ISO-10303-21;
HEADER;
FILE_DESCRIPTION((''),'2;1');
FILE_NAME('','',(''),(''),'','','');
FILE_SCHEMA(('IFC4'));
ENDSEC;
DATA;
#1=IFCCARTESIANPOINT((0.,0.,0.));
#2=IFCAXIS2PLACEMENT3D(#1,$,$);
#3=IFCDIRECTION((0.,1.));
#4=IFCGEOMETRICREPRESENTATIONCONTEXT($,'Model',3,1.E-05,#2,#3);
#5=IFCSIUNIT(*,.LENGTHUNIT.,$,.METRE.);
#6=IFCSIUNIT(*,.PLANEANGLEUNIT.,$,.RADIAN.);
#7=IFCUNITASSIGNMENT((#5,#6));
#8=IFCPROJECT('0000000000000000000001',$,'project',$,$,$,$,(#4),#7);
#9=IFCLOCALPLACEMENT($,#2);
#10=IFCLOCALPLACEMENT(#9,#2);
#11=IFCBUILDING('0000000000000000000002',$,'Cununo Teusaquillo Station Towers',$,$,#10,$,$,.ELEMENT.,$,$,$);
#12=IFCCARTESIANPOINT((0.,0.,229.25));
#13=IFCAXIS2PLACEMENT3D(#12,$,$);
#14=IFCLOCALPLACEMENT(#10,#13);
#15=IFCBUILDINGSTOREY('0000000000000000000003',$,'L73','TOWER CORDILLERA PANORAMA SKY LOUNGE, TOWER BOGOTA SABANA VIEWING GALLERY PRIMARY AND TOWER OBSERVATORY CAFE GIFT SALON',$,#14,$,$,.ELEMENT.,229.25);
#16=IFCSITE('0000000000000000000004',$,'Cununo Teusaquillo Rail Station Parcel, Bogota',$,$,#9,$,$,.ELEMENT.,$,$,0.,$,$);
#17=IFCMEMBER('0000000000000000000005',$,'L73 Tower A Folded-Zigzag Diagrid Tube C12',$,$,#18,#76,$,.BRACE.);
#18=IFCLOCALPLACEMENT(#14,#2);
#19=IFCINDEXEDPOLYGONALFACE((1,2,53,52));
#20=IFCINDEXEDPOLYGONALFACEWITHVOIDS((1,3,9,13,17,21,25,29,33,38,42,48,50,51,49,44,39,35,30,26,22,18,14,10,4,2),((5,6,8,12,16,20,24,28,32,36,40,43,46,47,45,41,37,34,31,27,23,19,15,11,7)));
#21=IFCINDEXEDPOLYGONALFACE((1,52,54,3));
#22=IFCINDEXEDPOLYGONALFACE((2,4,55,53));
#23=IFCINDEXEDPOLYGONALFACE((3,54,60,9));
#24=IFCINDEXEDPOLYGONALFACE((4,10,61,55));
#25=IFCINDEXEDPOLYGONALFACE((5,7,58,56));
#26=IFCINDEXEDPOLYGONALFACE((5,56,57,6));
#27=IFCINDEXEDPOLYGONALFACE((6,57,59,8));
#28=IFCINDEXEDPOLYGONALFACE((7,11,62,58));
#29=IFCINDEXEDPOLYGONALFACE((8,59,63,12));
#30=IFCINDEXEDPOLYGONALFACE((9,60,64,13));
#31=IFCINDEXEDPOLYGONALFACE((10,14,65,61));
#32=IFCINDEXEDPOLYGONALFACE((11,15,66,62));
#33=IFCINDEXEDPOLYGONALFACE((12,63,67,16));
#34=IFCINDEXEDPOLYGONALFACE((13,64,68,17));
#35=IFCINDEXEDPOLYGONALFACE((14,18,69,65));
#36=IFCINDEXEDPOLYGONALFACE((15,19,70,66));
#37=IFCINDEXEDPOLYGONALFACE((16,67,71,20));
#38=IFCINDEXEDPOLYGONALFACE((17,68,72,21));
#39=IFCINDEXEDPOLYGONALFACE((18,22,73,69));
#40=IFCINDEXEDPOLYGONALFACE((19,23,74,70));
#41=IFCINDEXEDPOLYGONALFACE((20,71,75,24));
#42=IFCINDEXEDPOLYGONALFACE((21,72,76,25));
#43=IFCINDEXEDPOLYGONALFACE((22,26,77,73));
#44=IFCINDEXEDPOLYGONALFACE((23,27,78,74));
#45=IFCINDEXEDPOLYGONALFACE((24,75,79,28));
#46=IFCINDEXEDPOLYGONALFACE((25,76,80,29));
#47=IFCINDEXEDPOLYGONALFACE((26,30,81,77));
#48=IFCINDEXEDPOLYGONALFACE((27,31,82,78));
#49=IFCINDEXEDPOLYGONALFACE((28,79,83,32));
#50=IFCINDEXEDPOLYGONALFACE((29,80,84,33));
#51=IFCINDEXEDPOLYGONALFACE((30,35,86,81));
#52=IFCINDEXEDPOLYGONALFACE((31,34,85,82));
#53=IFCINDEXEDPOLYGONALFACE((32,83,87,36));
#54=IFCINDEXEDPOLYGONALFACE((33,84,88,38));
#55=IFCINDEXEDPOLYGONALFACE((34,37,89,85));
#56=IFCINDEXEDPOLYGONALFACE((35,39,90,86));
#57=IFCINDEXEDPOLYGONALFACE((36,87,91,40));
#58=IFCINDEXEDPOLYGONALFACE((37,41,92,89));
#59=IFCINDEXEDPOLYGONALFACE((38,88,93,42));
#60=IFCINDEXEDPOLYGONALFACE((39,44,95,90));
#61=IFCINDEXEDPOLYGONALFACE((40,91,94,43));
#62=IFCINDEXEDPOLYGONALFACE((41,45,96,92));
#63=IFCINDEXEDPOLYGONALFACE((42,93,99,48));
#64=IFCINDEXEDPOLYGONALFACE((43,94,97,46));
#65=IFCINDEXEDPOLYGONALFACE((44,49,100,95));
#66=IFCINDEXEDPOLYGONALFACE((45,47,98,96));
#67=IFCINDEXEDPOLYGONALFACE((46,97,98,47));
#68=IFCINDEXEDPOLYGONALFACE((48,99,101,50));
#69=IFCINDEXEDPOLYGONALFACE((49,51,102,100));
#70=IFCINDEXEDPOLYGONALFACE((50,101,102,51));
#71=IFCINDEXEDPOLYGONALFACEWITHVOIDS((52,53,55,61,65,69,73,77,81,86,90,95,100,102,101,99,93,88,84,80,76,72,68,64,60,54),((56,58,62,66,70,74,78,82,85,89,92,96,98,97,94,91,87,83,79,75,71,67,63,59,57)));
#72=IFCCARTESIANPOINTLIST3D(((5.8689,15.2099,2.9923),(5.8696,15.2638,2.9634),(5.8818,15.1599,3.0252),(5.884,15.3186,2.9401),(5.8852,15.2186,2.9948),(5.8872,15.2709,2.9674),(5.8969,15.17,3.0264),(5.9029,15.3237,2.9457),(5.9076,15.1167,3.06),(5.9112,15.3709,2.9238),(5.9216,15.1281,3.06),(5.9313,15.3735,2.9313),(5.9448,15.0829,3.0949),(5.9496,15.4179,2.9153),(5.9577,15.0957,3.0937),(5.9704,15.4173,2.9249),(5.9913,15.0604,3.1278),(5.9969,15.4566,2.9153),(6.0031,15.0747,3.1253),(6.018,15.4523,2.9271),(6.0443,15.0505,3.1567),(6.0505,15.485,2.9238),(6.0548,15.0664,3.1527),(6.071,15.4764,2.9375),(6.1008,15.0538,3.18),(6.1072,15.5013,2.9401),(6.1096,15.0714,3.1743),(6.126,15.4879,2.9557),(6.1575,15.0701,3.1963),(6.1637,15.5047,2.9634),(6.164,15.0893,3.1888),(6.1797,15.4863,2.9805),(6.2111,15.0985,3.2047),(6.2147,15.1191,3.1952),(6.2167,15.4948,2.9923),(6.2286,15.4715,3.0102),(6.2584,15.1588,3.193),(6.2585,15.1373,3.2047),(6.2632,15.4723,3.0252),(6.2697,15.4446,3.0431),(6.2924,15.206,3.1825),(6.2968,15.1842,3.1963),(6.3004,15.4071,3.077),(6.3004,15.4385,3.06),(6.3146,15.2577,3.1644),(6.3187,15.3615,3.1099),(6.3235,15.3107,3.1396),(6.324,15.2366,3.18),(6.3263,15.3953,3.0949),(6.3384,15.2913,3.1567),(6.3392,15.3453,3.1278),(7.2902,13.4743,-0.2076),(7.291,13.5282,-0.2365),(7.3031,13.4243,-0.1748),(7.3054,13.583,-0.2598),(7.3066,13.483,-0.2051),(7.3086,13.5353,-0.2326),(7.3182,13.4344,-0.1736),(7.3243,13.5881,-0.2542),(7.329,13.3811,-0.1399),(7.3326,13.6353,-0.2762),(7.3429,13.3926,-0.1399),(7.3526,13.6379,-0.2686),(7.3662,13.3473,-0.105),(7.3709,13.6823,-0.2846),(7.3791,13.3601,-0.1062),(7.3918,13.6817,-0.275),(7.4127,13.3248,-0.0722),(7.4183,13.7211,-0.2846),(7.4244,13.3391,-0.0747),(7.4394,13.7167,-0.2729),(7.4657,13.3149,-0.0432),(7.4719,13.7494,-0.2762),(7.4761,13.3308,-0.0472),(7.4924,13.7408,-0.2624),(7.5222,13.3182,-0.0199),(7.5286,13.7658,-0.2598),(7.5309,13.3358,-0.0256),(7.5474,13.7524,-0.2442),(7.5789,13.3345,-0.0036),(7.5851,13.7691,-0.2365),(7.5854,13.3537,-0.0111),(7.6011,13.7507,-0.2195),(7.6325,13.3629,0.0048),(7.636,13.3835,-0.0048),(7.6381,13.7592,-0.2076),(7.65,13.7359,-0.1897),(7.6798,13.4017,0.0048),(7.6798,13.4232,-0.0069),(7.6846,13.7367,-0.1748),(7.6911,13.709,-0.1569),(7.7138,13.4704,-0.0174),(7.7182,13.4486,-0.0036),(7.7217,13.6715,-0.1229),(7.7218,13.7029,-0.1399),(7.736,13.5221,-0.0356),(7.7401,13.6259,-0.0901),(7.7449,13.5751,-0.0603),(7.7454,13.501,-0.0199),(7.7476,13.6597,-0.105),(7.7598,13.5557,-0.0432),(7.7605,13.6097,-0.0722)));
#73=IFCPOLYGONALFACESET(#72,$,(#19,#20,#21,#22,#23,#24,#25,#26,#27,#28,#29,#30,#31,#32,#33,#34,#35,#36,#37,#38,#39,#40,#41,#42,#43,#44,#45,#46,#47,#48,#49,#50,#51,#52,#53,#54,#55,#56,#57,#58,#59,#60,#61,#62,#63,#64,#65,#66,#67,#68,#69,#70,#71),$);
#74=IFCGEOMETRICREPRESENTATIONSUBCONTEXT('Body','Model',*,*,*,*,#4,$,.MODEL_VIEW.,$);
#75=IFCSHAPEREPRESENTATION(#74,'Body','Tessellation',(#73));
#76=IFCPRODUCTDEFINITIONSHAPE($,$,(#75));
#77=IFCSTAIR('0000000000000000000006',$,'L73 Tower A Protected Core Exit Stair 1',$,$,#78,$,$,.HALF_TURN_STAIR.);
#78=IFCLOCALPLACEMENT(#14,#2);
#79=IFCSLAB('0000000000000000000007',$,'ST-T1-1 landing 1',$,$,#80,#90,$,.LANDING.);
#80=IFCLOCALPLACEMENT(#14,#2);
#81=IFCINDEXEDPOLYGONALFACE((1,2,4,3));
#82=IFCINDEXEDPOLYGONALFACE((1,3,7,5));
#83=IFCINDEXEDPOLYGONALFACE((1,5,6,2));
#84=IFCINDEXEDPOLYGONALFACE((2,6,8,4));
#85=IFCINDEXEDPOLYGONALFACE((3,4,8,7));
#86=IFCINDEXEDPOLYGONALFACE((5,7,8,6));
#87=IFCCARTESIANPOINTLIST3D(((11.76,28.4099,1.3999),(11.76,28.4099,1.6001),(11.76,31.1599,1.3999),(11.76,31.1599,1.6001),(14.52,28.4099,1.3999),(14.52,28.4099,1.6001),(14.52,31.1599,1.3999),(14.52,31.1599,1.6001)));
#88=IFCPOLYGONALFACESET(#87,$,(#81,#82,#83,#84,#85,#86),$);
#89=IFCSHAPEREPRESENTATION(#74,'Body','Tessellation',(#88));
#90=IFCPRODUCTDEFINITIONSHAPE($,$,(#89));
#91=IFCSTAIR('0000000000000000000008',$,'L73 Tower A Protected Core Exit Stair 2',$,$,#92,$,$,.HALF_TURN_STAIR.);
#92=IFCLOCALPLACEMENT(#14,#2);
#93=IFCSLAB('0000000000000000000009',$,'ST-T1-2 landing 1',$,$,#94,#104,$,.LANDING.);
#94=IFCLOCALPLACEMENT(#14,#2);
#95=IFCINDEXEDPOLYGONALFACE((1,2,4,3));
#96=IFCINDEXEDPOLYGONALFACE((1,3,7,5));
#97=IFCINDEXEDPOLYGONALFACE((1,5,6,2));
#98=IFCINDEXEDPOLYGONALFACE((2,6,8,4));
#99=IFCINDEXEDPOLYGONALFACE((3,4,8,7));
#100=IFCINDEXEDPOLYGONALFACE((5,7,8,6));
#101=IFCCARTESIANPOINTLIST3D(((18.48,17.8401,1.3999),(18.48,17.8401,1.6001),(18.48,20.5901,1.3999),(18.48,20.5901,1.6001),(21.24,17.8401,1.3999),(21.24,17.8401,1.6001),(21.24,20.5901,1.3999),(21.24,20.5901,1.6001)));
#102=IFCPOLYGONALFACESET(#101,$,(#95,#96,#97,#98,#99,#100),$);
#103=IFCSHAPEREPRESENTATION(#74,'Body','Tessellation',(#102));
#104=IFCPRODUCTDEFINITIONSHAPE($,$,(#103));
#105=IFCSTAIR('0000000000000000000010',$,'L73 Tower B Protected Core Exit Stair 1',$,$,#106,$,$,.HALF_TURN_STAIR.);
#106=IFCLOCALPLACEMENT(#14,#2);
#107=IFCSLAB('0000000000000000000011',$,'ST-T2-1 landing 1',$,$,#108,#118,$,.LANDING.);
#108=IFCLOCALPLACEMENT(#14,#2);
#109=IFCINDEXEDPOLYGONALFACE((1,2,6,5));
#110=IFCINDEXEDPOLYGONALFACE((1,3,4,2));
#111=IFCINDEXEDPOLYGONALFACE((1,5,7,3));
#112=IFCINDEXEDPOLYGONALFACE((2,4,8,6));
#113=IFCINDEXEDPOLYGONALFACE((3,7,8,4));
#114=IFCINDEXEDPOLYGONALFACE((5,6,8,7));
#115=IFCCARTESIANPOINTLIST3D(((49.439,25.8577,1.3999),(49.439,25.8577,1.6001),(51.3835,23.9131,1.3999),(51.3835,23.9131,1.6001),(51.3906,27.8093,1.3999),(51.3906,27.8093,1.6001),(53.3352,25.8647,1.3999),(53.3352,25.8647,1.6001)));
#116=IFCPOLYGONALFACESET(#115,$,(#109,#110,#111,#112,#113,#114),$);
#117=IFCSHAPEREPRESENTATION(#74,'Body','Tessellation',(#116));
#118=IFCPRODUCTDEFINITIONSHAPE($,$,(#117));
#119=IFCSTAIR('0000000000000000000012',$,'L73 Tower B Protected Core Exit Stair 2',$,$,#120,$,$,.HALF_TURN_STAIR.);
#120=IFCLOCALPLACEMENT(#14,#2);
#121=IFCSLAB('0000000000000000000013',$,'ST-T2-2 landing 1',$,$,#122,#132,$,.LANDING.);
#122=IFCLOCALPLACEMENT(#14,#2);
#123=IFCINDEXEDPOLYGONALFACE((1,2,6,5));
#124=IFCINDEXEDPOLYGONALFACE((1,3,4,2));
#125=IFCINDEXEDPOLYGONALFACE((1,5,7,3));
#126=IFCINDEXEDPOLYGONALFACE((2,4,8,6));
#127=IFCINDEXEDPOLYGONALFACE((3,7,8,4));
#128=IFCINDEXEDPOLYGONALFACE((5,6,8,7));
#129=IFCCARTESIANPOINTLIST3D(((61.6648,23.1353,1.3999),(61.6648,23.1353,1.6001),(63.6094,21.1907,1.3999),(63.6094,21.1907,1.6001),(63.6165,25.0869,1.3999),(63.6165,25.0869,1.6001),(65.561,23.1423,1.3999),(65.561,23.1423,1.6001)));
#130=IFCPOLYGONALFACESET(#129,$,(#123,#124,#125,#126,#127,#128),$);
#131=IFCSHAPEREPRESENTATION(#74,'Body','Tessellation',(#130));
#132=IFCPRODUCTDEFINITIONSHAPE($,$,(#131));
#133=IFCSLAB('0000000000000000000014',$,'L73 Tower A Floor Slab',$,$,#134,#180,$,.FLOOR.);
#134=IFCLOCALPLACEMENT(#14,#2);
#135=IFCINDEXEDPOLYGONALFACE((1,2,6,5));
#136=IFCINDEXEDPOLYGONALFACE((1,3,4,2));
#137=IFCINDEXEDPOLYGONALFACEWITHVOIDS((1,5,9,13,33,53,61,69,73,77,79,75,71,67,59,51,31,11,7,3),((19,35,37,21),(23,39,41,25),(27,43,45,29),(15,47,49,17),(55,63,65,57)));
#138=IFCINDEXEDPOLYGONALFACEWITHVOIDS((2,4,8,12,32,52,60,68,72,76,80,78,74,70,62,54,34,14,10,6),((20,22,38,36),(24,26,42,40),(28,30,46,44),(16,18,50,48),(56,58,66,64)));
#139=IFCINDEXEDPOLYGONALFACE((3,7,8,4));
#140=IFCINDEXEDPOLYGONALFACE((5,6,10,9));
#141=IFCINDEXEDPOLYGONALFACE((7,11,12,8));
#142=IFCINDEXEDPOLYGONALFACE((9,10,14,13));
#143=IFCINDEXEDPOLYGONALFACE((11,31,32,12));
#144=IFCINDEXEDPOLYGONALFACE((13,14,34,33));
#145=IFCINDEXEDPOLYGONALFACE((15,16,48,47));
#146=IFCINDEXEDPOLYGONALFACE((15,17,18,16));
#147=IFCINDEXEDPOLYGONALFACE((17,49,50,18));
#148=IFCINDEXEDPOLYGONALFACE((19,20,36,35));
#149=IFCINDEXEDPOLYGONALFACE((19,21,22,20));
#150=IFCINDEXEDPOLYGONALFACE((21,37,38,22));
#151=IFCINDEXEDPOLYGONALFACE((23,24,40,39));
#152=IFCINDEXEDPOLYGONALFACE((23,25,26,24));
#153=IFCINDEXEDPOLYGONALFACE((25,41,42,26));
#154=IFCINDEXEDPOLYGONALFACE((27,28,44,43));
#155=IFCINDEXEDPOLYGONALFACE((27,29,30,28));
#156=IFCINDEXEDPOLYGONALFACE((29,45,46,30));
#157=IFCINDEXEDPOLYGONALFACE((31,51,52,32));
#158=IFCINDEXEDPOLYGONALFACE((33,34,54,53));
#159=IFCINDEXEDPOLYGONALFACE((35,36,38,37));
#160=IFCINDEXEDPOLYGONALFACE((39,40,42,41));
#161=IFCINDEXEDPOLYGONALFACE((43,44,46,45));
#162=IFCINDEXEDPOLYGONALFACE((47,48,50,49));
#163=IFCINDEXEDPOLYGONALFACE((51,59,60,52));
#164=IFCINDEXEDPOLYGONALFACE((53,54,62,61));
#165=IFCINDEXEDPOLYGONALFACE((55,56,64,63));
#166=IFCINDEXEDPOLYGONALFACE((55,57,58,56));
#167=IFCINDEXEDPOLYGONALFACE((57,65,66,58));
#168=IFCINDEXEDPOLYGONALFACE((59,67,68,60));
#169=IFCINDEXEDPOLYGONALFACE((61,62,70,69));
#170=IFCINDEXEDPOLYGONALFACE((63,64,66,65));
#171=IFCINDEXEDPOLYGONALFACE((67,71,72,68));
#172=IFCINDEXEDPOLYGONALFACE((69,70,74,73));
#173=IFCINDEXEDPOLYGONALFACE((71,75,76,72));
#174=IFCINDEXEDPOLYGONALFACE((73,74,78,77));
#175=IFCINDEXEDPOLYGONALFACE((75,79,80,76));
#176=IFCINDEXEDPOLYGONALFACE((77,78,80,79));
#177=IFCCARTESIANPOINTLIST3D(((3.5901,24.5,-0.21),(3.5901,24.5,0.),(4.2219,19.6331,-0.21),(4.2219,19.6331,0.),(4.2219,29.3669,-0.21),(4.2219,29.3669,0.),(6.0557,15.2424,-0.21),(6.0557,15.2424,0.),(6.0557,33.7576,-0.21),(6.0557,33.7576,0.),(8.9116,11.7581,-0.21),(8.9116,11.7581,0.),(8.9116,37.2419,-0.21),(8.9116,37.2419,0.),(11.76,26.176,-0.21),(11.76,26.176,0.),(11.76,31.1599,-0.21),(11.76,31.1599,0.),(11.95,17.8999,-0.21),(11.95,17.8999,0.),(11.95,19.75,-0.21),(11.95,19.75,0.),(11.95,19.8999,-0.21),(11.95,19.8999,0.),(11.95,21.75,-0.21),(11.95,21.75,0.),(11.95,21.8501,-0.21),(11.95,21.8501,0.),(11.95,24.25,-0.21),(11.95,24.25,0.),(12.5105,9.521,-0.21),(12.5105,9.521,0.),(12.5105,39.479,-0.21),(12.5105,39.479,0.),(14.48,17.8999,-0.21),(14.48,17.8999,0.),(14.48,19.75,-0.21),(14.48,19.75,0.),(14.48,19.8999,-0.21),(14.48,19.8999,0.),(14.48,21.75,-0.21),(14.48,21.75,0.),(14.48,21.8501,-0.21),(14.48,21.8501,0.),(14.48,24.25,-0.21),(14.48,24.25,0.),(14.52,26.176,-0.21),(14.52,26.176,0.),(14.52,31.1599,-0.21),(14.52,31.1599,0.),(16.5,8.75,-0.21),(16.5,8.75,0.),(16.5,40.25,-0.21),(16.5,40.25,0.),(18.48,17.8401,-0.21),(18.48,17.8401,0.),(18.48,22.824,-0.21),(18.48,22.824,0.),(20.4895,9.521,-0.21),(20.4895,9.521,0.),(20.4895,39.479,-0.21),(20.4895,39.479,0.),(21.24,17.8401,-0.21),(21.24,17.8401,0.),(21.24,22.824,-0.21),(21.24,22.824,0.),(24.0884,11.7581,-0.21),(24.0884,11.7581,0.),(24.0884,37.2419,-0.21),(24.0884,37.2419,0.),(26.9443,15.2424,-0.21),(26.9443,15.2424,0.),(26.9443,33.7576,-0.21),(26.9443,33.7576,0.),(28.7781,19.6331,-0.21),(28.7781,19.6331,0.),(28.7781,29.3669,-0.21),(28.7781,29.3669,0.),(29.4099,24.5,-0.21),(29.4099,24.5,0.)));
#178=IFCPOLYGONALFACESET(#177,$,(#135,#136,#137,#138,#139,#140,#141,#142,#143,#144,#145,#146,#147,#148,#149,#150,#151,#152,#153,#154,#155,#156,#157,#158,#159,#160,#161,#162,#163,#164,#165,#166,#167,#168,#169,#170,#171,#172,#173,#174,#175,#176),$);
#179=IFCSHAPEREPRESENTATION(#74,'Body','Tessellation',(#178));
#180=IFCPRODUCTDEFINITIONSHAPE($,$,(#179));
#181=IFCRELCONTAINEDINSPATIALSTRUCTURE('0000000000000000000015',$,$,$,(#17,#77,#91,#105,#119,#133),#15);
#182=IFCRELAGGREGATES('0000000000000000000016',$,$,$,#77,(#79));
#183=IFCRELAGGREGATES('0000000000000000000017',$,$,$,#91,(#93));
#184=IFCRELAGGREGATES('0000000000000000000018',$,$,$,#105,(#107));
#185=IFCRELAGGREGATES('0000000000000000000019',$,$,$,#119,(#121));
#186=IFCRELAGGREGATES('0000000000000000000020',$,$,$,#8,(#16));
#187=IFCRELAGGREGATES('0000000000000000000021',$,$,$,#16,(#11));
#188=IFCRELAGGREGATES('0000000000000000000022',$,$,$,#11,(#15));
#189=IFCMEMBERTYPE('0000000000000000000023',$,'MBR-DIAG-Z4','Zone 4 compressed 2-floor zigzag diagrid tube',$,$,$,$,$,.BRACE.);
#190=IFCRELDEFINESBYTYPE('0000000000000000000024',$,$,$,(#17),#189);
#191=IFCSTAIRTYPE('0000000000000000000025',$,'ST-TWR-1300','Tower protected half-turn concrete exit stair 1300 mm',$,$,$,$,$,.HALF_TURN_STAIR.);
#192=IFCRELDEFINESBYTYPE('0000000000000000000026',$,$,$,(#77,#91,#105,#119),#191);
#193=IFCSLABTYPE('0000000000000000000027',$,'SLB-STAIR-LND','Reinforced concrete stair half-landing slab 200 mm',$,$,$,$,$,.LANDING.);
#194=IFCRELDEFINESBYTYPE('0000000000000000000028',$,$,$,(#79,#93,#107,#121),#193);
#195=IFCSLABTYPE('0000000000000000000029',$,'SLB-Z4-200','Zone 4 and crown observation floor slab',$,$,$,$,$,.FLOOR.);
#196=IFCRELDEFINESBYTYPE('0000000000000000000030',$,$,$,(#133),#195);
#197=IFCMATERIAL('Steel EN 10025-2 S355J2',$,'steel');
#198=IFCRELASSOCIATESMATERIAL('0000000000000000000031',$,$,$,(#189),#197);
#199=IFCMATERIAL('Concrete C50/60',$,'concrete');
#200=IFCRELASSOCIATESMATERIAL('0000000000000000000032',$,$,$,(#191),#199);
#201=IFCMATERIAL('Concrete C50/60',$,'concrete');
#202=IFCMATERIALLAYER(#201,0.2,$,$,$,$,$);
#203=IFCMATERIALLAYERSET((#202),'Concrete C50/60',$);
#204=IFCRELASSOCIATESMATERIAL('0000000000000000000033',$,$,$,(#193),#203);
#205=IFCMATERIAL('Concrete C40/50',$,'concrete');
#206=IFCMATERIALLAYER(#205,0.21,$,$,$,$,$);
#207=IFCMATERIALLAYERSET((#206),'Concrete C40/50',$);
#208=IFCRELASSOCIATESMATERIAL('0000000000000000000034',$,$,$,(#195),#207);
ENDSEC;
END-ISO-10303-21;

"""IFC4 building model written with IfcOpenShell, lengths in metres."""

from ifc_helpers import new_model, si_unit, direction, frame, origin, origin_2d, place, context, subcontext, project, spatial, polyline, hollow_circle, outline, extrude, material, layer, layer_set, material_profile, profile_set, type_object, element, aggregate, save


model = new_model("IFC4")

# Units and contexts
model_context = context("Model", 3, precision=1e-05, world=origin(), true_north=direction((0.0, 1.0)))
body_context = subcontext(model_context, "Body", "Model", "MODEL_VIEW")
ifc_project = project(units=[si_unit("LENGTHUNIT", "METRE"), si_unit("PLANEANGLEUNIT", "RADIAN")], contexts=[model_context])

# Site, building, storey
site_placement = place(None, origin())
site = spatial("IfcSite", under=ifc_project, at=site_placement, Name="Cununo Teusaquillo Rail Station Parcel, Bogota", CompositionType="ELEMENT", RefElevation=0.0)
building_placement = place(site_placement, origin())
building = spatial("IfcBuilding", under=site, at=building_placement, Name="Cununo Teusaquillo Station Towers", CompositionType="ELEMENT")
storey_placement = place(building_placement, frame((0.0, 0.0, 229.25)))
storey = spatial("IfcBuildingStorey", under=building, at=storey_placement, Name="L73", Description="TOWER CORDILLERA PANORAMA SKY LOUNGE, TOWER BOGOTA SABANA VIEWING GALLERY PRIMARY AND TOWER OBSERVATORY CAFE GIFT SALON", CompositionType="ELEMENT", Elevation=229.25)

# Member
ifc_material_1 = material(Name="Steel EN 10025-2 S355J2", Category="steel")
ifc_material_profile_1 = material_profile(ifc_material_1, hollow_circle(Radius=0.2539, WallThickness=0.0181, at=origin_2d()), Name="CHS 508x18")
ifc_profile_set_1 = profile_set([ifc_material_profile_1], Name="Steel EN 10025-2 S355J2")
member_type = type_object("IfcMemberType", Name="MBR-DIAG-Z4", Description="Zone 4 compressed 2-floor zigzag diagrid tube", PredefinedType="BRACE", material=ifc_profile_set_1)
member_placement = place(storey_placement, frame((7.5254, 13.542, -0.1399), z_axis=(-0.363714, 0.444116, 0.818825), x_axis=(-0.773661, -0.633599, 0.0)))
element("IfcMember", 1, at=member_placement, inside=storey, type_object=member_type, Name="L73 Tower A Folded-Zigzag Diagrid Tube C12", PredefinedType="BRACE", context=body_context, shape_type="SweptSolid", body=[
    extrude(hollow_circle(Radius=0.2539, WallThickness=0.0181, at=origin_2d()), origin(), (0.0, 0.0, 1.0), 3.908),
])

# Stairs, slabs
ifc_material_2 = material(Name="Concrete C50/60", Category="concrete")
stair_type = type_object("IfcStairType", Name="ST-TWR-1300", Description="Tower protected half-turn concrete exit stair 1300 mm", PredefinedType="HALF_TURN_STAIR", material=ifc_material_2)
stair_1_placement = place(storey_placement, origin())
stair_1 = element("IfcStair", 2, at=stair_1_placement, inside=storey, type_object=stair_type, Name="L73 Tower A Protected Core Exit Stair 1", PredefinedType="HALF_TURN_STAIR")
ifc_material_3 = material(Name="Concrete C50/60", Category="concrete")
ifc_layer_1 = layer(ifc_material_3, 0.2)
ifc_layer_set_1 = layer_set([ifc_layer_1], Name="Concrete C50/60")
slab_type_1 = type_object("IfcSlabType", Name="SLB-STAIR-LND", Description="Reinforced concrete stair half-landing slab 200 mm", PredefinedType="LANDING", material=ifc_layer_set_1)
slab_1_placement = place(storey_placement, frame((0.0, 0.0, 1.3999)))
slab_1 = element("IfcSlab", 3, at=slab_1_placement, type_object=slab_type_1, Name="ST-T1-1 landing 1", PredefinedType="LANDING", context=body_context, shape_type="SweptSolid", body=[
    extrude(outline(polyline([(14.52, 28.4099), (14.52, 31.1599), (11.76, 31.1599), (11.76, 28.4099), (14.52, 28.4099)])), origin(), (0.0, 0.0, 1.0), 0.2002),
])
aggregate(stair_1, [slab_1])
stair_2_placement = place(storey_placement, origin())
stair_2 = element("IfcStair", 4, at=stair_2_placement, inside=storey, type_object=stair_type, Name="L73 Tower A Protected Core Exit Stair 2", PredefinedType="HALF_TURN_STAIR")
slab_2_placement = place(storey_placement, frame((0.0, 0.0, 1.3999)))
slab_2 = element("IfcSlab", 5, at=slab_2_placement, type_object=slab_type_1, Name="ST-T1-2 landing 1", PredefinedType="LANDING", context=body_context, shape_type="SweptSolid", body=[
    extrude(outline(polyline([(18.48, 20.5901), (18.48, 17.8401), (21.24, 17.8401), (21.24, 20.5901), (18.48, 20.5901)])), origin(), (0.0, 0.0, 1.0), 0.2002),
])
aggregate(stair_2, [slab_2])
stair_3_placement = place(storey_placement, origin())
stair_3 = element("IfcStair", 6, at=stair_3_placement, inside=storey, type_object=stair_type, Name="L73 Tower B Protected Core Exit Stair 1", PredefinedType="HALF_TURN_STAIR")
slab_3_placement = place(storey_placement, frame((0.0, 0.0, 1.3999)))
slab_3 = element("IfcSlab", 7, at=slab_3_placement, type_object=slab_type_1, Name="ST-T2-1 landing 1", PredefinedType="LANDING", context=body_context, shape_type="SweptSolid", body=[
    extrude(outline(polyline([(53.3352, 25.8647), (51.3906, 27.8093), (49.439, 25.8577), (51.3835, 23.9131), (53.3352, 25.8647)])), origin(), (0.0, 0.0, 1.0), 0.2002),
])
aggregate(stair_3, [slab_3])
stair_4_placement = place(storey_placement, origin())
stair_4 = element("IfcStair", 8, at=stair_4_placement, inside=storey, type_object=stair_type, Name="L73 Tower B Protected Core Exit Stair 2", PredefinedType="HALF_TURN_STAIR")
slab_4_placement = place(storey_placement, frame((0.0, 0.0, 1.3999)))
slab_4 = element("IfcSlab", 9, at=slab_4_placement, type_object=slab_type_1, Name="ST-T2-2 landing 1", PredefinedType="LANDING", context=body_context, shape_type="SweptSolid", body=[
    extrude(outline(polyline([(61.6648, 23.1353), (63.6094, 21.1907), (65.561, 23.1423), (63.6165, 25.0869), (61.6648, 23.1353)])), origin(), (0.0, 0.0, 1.0), 0.2002),
])
aggregate(stair_4, [slab_4])

# Slab
ifc_material_4 = material(Name="Concrete C40/50", Category="concrete")
ifc_layer_2 = layer(ifc_material_4, 0.21)
ifc_layer_set_2 = layer_set([ifc_layer_2], Name="Concrete C40/50")
slab_type_2 = type_object("IfcSlabType", Name="SLB-Z4-200", Description="Zone 4 and crown observation floor slab", PredefinedType="FLOOR", material=ifc_layer_set_2)
slab_5_placement = place(storey_placement, frame((0.0, 0.0, -0.21)))
element("IfcSlab", 10, at=slab_5_placement, inside=storey, type_object=slab_type_2, Name="L73 Tower A Floor Slab", PredefinedType="FLOOR", context=body_context, shape_type="SweptSolid", body=[
    extrude(outline(polyline([(29.4099, 24.5), (28.7781, 29.3669), (26.9443, 33.7576), (24.0884, 37.2419), (20.4895, 39.479), (16.5, 40.25), (12.5105, 39.479), (8.9116, 37.2419), (6.0557, 33.7576), (4.2219, 29.3669), (3.5901, 24.5), (4.2219, 19.6331), (6.0557, 15.2424), (8.9116, 11.7581), (12.5105, 9.521), (16.5, 8.75), (20.4895, 9.521), (24.0884, 11.7581), (26.9443, 15.2424), (28.7781, 19.6331), (29.4099, 24.5)]), holes=[polyline([(14.52, 26.176), (14.52, 31.1599), (11.76, 31.1599), (11.76, 26.176), (14.52, 26.176)]), polyline([(18.48, 22.824), (18.48, 17.8401), (21.24, 17.8401), (21.24, 22.824), (18.48, 22.824)]), polyline([(11.95, 21.8501), (14.48, 21.8501), (14.48, 24.25), (11.95, 24.25), (11.95, 21.8501)]), polyline([(11.95, 17.8999), (14.48, 17.8999), (14.48, 19.75), (11.95, 19.75), (11.95, 17.8999)]), polyline([(11.95, 19.8999), (14.48, 19.8999), (14.48, 21.75), (11.95, 21.75), (11.95, 19.8999)])]), origin(), (0.0, 0.0, 1.0), 0.21),
])

save(model, "model.ifc")
